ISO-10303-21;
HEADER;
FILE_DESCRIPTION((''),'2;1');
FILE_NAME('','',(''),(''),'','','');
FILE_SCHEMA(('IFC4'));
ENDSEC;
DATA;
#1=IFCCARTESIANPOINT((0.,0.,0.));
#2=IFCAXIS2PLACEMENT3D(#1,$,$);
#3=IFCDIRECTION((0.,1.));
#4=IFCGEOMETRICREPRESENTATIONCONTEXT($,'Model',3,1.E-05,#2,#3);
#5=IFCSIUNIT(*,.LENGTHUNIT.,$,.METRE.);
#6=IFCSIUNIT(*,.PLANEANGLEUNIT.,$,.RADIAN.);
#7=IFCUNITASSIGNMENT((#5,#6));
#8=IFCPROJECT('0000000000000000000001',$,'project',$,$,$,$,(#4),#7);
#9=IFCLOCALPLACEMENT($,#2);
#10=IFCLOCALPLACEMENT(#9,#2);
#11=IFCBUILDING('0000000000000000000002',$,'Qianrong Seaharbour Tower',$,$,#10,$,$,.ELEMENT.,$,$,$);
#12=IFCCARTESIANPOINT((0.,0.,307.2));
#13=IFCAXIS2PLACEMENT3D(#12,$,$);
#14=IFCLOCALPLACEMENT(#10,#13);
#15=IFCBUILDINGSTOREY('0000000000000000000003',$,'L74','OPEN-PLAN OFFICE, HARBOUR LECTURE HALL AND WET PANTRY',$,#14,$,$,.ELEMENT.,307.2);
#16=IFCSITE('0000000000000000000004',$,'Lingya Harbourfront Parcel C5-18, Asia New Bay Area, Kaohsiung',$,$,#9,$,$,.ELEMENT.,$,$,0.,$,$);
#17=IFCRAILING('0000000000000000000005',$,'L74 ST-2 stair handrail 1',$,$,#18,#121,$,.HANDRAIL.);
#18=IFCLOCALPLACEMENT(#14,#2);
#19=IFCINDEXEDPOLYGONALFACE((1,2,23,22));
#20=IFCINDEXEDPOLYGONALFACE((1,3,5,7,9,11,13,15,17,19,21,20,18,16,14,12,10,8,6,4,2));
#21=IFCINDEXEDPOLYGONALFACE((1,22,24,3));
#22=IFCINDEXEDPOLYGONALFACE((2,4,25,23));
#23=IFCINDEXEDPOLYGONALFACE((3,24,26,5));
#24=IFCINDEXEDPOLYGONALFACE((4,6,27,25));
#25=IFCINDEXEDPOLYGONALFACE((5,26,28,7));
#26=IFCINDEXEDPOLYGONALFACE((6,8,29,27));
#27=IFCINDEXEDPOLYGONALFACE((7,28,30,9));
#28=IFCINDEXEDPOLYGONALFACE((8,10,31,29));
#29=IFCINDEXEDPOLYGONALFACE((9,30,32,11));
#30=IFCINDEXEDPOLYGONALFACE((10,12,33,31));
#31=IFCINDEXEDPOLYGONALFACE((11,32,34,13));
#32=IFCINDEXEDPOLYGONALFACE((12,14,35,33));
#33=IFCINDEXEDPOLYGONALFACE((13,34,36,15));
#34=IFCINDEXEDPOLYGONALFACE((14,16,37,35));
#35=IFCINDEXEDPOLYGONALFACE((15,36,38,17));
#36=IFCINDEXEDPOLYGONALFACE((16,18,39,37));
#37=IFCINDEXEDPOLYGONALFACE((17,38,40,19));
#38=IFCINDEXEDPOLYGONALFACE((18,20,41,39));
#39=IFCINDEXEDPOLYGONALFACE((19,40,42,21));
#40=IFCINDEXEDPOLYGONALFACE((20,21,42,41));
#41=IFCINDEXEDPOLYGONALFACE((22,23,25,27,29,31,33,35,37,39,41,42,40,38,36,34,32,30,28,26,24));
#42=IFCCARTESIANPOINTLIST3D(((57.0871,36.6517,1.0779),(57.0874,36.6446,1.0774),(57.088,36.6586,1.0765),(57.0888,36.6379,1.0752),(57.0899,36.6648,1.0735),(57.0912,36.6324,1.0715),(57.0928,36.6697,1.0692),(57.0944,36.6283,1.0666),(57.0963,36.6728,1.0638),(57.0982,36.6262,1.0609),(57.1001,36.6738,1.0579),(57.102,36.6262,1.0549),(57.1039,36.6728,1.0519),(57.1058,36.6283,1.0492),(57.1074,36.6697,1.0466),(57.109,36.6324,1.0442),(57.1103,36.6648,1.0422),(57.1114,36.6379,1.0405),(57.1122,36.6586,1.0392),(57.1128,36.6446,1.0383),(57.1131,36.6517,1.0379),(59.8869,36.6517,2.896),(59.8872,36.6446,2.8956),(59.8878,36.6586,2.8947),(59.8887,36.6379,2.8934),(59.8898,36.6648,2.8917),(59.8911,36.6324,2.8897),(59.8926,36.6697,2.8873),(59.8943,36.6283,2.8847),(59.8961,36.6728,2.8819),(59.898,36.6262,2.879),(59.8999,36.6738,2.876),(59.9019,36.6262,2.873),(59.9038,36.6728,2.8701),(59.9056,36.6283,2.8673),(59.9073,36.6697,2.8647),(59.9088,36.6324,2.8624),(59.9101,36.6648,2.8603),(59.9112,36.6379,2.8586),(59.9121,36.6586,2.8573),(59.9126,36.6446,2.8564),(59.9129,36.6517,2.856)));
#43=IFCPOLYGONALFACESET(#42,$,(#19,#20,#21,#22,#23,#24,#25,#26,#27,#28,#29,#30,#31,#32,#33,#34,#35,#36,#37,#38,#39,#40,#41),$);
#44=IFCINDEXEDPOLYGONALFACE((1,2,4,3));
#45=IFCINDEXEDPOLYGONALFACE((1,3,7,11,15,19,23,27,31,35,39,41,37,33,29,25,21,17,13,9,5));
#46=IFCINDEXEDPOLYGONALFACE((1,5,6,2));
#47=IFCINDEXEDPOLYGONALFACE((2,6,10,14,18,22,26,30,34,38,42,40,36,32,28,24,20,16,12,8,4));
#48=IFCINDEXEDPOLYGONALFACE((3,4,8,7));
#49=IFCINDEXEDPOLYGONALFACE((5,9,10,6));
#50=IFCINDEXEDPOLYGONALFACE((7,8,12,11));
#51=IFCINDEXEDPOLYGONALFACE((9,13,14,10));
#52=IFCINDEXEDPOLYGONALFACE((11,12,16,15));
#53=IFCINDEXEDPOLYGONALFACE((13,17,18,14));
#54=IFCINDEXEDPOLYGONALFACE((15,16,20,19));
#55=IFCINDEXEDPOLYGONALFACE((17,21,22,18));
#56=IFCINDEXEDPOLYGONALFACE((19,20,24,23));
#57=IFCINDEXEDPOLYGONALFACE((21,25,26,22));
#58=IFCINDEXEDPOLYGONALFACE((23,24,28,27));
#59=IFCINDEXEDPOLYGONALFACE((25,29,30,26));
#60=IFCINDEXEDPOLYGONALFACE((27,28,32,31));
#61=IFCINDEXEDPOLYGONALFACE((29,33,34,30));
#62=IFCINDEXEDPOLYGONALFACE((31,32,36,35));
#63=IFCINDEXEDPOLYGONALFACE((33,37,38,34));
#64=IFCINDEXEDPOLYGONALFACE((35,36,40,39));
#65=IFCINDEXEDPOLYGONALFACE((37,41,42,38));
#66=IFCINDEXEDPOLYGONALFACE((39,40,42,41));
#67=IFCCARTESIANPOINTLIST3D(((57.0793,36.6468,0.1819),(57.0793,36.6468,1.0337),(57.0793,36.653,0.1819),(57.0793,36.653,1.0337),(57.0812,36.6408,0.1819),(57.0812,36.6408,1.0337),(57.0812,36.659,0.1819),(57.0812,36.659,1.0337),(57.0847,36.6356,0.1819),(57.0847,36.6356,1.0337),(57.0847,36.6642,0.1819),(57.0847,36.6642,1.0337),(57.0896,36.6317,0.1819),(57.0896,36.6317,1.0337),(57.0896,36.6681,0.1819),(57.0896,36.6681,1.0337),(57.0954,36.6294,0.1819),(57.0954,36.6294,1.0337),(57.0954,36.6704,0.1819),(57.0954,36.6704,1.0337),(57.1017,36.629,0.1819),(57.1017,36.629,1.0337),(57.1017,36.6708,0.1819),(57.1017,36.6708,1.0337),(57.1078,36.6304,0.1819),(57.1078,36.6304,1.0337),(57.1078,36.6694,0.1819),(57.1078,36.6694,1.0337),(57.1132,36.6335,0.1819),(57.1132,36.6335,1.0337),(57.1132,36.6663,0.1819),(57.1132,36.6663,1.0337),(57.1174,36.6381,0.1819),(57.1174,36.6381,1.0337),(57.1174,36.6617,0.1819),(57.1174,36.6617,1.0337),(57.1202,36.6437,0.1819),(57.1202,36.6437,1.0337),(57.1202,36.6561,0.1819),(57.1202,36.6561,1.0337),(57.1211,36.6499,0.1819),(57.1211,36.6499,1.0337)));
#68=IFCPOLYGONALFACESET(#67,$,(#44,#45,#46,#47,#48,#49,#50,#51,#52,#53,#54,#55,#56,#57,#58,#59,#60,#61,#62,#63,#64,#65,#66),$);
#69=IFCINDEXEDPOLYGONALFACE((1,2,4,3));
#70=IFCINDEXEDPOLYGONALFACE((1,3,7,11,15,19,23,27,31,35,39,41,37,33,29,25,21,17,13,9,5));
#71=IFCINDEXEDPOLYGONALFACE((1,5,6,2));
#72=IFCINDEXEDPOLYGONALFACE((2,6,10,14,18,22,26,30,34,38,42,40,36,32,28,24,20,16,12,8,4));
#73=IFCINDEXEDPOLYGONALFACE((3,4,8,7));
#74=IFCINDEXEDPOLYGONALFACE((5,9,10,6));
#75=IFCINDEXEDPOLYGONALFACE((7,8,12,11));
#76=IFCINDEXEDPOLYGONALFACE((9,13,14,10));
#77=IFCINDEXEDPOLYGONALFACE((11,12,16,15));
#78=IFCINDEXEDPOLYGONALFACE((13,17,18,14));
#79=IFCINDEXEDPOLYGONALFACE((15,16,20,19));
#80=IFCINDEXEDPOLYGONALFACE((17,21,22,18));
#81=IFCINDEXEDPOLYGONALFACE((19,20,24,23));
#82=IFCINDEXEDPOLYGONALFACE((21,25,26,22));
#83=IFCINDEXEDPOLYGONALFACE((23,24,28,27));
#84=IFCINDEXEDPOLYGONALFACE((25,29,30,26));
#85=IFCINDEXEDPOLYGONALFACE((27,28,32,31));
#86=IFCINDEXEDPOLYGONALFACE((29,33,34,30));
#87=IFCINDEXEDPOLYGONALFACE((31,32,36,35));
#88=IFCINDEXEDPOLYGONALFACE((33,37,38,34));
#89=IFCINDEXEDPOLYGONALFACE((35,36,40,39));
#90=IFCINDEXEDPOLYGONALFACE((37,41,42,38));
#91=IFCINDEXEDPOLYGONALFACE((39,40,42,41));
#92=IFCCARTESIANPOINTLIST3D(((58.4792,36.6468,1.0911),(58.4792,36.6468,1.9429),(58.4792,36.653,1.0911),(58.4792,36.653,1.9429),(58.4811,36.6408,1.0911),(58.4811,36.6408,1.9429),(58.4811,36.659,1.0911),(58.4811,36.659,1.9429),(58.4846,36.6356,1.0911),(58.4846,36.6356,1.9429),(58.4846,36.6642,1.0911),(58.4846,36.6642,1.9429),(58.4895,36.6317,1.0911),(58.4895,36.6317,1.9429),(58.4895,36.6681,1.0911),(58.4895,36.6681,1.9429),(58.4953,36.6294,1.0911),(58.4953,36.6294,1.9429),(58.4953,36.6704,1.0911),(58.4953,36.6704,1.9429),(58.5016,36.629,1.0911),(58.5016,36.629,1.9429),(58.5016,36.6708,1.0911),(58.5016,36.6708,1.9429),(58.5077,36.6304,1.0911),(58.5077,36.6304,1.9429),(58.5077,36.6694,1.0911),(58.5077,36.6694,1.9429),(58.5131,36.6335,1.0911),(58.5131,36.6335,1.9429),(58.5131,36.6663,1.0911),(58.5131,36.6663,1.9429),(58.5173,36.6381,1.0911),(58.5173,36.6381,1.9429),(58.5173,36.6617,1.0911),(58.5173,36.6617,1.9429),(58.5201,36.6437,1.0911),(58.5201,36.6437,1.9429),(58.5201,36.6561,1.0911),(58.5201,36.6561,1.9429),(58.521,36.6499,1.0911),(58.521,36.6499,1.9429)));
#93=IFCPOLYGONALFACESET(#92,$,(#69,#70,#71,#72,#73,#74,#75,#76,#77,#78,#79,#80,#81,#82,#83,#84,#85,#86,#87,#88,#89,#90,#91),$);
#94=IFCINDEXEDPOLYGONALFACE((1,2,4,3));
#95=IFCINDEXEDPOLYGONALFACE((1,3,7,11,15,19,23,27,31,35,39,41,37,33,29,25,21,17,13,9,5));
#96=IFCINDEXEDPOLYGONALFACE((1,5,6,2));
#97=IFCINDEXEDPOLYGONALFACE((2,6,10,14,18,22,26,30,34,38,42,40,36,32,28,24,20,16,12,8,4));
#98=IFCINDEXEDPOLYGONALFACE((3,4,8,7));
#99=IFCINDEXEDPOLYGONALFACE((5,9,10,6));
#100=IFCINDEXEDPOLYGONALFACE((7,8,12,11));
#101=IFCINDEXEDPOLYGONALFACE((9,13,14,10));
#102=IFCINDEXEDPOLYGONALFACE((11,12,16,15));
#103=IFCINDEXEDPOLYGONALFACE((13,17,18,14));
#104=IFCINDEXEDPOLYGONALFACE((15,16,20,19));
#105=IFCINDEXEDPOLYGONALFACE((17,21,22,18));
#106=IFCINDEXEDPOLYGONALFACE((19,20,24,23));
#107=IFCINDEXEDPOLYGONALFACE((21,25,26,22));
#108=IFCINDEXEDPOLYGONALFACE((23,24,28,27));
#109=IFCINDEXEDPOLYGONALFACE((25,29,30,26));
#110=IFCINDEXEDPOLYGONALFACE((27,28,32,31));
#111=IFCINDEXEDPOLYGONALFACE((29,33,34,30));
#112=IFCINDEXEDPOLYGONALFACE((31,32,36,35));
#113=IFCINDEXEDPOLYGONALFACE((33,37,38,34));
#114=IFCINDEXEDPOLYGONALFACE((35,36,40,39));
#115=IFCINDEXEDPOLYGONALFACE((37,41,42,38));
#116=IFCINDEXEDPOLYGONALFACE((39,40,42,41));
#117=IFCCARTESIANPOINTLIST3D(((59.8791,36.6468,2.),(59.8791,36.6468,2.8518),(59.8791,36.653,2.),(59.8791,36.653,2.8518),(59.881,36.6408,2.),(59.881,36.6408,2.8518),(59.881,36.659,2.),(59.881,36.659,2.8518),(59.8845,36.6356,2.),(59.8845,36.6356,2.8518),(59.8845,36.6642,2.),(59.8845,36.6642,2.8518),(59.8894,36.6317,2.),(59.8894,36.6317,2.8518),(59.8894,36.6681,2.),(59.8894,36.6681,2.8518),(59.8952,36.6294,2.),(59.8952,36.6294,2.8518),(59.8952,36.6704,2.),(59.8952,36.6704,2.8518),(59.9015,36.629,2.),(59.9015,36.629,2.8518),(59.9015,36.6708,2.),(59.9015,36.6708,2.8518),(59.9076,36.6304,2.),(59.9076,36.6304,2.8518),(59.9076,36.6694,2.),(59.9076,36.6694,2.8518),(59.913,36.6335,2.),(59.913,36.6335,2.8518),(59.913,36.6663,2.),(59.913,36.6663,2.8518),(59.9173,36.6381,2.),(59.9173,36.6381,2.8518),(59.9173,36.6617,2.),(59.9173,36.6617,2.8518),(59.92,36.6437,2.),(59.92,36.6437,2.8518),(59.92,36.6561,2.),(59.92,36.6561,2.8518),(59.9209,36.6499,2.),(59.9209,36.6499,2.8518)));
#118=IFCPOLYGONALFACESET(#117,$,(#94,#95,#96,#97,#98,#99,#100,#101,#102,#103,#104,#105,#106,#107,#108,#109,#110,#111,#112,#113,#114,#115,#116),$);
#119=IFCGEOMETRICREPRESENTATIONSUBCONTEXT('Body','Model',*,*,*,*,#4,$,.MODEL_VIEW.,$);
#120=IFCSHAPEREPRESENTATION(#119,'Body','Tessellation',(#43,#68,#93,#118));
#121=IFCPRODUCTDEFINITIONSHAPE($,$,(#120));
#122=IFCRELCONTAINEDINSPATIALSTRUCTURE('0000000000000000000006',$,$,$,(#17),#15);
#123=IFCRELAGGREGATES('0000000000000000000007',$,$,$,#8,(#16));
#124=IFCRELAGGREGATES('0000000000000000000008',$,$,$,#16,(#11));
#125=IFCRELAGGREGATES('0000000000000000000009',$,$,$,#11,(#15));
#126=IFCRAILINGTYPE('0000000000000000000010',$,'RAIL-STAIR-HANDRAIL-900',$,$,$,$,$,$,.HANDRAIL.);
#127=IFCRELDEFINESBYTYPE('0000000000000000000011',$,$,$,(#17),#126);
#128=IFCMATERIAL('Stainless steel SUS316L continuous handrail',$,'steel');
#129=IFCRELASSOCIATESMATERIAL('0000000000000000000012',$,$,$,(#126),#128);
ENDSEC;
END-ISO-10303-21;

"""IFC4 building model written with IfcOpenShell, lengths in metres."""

from ifc_helpers import new_model, si_unit, direction, frame, origin, origin_2d, place, context, subcontext, project, spatial, circle, extrude, material, type_object, element, save


model = new_model("IFC4")

# Units and contexts
model_context = context("Model", 3, precision=1e-05, world=origin(), true_north=direction((0.0, 1.0)))
body_context = subcontext(model_context, "Body", "Model", "MODEL_VIEW")
ifc_project = project(units=[si_unit("LENGTHUNIT", "METRE"), si_unit("PLANEANGLEUNIT", "RADIAN")], contexts=[model_context])

# Site, building, storey
site_placement = place(None, origin())
site = spatial("IfcSite", under=ifc_project, at=site_placement, Name="Lingya Harbourfront Parcel C5-18, Asia New Bay Area, Kaohsiung", CompositionType="ELEMENT", RefElevation=0.0)
building_placement = place(site_placement, origin())
building = spatial("IfcBuilding", under=site, at=building_placement, Name="Qianrong Seaharbour Tower", CompositionType="ELEMENT")
storey_placement = place(building_placement, frame((0.0, 0.0, 307.2)))
storey = spatial("IfcBuildingStorey", under=building, at=storey_placement, Name="L74", Description="OPEN-PLAN OFFICE, HARBOUR LECTURE HALL AND WET PANTRY", CompositionType="ELEMENT", Elevation=307.2)

# Railing
ifc_material_1 = material(Name="Stainless steel SUS316L continuous handrail", Category="steel")
railing_type_1 = type_object("IfcRailingType", Name="RAIL-STAIR-HANDRAIL-900", PredefinedType="HANDRAIL", material=ifc_material_1)
railing_1_placement = place(storey_placement, frame((57.1001, 36.6499, 0.1819)))
element("IfcRailing", 1, at=railing_1_placement, inside=storey, type_object=railing_type_1, Name="L74 ST-2 stair handrail 1", PredefinedType="HANDRAIL", context=body_context, shape_type="SweptSolid", body=[
    extrude(circle(Radius=0.0239, at=origin_2d()), frame((0.0, 0.0, 0.876), z_axis=(0.838684, 0.0, 0.544618), x_axis=(0.0, 1.0, 0.0)), (0.0, 0.0, 1.0), 3.3384),
    extrude(circle(Radius=0.021, at=origin_2d()), origin(), (0.0, 0.0, 1.0), 0.8518),
    extrude(circle(Radius=0.021, at=origin_2d()), frame((1.3999, 0.0, 0.9092)), (0.0, 0.0, 1.0), 0.8518),
    extrude(circle(Radius=0.021, at=origin_2d()), frame((2.7998, 0.0, 1.8181)), (0.0, 0.0, 1.0), 0.8518),
])

save(model, "model.ifc")
